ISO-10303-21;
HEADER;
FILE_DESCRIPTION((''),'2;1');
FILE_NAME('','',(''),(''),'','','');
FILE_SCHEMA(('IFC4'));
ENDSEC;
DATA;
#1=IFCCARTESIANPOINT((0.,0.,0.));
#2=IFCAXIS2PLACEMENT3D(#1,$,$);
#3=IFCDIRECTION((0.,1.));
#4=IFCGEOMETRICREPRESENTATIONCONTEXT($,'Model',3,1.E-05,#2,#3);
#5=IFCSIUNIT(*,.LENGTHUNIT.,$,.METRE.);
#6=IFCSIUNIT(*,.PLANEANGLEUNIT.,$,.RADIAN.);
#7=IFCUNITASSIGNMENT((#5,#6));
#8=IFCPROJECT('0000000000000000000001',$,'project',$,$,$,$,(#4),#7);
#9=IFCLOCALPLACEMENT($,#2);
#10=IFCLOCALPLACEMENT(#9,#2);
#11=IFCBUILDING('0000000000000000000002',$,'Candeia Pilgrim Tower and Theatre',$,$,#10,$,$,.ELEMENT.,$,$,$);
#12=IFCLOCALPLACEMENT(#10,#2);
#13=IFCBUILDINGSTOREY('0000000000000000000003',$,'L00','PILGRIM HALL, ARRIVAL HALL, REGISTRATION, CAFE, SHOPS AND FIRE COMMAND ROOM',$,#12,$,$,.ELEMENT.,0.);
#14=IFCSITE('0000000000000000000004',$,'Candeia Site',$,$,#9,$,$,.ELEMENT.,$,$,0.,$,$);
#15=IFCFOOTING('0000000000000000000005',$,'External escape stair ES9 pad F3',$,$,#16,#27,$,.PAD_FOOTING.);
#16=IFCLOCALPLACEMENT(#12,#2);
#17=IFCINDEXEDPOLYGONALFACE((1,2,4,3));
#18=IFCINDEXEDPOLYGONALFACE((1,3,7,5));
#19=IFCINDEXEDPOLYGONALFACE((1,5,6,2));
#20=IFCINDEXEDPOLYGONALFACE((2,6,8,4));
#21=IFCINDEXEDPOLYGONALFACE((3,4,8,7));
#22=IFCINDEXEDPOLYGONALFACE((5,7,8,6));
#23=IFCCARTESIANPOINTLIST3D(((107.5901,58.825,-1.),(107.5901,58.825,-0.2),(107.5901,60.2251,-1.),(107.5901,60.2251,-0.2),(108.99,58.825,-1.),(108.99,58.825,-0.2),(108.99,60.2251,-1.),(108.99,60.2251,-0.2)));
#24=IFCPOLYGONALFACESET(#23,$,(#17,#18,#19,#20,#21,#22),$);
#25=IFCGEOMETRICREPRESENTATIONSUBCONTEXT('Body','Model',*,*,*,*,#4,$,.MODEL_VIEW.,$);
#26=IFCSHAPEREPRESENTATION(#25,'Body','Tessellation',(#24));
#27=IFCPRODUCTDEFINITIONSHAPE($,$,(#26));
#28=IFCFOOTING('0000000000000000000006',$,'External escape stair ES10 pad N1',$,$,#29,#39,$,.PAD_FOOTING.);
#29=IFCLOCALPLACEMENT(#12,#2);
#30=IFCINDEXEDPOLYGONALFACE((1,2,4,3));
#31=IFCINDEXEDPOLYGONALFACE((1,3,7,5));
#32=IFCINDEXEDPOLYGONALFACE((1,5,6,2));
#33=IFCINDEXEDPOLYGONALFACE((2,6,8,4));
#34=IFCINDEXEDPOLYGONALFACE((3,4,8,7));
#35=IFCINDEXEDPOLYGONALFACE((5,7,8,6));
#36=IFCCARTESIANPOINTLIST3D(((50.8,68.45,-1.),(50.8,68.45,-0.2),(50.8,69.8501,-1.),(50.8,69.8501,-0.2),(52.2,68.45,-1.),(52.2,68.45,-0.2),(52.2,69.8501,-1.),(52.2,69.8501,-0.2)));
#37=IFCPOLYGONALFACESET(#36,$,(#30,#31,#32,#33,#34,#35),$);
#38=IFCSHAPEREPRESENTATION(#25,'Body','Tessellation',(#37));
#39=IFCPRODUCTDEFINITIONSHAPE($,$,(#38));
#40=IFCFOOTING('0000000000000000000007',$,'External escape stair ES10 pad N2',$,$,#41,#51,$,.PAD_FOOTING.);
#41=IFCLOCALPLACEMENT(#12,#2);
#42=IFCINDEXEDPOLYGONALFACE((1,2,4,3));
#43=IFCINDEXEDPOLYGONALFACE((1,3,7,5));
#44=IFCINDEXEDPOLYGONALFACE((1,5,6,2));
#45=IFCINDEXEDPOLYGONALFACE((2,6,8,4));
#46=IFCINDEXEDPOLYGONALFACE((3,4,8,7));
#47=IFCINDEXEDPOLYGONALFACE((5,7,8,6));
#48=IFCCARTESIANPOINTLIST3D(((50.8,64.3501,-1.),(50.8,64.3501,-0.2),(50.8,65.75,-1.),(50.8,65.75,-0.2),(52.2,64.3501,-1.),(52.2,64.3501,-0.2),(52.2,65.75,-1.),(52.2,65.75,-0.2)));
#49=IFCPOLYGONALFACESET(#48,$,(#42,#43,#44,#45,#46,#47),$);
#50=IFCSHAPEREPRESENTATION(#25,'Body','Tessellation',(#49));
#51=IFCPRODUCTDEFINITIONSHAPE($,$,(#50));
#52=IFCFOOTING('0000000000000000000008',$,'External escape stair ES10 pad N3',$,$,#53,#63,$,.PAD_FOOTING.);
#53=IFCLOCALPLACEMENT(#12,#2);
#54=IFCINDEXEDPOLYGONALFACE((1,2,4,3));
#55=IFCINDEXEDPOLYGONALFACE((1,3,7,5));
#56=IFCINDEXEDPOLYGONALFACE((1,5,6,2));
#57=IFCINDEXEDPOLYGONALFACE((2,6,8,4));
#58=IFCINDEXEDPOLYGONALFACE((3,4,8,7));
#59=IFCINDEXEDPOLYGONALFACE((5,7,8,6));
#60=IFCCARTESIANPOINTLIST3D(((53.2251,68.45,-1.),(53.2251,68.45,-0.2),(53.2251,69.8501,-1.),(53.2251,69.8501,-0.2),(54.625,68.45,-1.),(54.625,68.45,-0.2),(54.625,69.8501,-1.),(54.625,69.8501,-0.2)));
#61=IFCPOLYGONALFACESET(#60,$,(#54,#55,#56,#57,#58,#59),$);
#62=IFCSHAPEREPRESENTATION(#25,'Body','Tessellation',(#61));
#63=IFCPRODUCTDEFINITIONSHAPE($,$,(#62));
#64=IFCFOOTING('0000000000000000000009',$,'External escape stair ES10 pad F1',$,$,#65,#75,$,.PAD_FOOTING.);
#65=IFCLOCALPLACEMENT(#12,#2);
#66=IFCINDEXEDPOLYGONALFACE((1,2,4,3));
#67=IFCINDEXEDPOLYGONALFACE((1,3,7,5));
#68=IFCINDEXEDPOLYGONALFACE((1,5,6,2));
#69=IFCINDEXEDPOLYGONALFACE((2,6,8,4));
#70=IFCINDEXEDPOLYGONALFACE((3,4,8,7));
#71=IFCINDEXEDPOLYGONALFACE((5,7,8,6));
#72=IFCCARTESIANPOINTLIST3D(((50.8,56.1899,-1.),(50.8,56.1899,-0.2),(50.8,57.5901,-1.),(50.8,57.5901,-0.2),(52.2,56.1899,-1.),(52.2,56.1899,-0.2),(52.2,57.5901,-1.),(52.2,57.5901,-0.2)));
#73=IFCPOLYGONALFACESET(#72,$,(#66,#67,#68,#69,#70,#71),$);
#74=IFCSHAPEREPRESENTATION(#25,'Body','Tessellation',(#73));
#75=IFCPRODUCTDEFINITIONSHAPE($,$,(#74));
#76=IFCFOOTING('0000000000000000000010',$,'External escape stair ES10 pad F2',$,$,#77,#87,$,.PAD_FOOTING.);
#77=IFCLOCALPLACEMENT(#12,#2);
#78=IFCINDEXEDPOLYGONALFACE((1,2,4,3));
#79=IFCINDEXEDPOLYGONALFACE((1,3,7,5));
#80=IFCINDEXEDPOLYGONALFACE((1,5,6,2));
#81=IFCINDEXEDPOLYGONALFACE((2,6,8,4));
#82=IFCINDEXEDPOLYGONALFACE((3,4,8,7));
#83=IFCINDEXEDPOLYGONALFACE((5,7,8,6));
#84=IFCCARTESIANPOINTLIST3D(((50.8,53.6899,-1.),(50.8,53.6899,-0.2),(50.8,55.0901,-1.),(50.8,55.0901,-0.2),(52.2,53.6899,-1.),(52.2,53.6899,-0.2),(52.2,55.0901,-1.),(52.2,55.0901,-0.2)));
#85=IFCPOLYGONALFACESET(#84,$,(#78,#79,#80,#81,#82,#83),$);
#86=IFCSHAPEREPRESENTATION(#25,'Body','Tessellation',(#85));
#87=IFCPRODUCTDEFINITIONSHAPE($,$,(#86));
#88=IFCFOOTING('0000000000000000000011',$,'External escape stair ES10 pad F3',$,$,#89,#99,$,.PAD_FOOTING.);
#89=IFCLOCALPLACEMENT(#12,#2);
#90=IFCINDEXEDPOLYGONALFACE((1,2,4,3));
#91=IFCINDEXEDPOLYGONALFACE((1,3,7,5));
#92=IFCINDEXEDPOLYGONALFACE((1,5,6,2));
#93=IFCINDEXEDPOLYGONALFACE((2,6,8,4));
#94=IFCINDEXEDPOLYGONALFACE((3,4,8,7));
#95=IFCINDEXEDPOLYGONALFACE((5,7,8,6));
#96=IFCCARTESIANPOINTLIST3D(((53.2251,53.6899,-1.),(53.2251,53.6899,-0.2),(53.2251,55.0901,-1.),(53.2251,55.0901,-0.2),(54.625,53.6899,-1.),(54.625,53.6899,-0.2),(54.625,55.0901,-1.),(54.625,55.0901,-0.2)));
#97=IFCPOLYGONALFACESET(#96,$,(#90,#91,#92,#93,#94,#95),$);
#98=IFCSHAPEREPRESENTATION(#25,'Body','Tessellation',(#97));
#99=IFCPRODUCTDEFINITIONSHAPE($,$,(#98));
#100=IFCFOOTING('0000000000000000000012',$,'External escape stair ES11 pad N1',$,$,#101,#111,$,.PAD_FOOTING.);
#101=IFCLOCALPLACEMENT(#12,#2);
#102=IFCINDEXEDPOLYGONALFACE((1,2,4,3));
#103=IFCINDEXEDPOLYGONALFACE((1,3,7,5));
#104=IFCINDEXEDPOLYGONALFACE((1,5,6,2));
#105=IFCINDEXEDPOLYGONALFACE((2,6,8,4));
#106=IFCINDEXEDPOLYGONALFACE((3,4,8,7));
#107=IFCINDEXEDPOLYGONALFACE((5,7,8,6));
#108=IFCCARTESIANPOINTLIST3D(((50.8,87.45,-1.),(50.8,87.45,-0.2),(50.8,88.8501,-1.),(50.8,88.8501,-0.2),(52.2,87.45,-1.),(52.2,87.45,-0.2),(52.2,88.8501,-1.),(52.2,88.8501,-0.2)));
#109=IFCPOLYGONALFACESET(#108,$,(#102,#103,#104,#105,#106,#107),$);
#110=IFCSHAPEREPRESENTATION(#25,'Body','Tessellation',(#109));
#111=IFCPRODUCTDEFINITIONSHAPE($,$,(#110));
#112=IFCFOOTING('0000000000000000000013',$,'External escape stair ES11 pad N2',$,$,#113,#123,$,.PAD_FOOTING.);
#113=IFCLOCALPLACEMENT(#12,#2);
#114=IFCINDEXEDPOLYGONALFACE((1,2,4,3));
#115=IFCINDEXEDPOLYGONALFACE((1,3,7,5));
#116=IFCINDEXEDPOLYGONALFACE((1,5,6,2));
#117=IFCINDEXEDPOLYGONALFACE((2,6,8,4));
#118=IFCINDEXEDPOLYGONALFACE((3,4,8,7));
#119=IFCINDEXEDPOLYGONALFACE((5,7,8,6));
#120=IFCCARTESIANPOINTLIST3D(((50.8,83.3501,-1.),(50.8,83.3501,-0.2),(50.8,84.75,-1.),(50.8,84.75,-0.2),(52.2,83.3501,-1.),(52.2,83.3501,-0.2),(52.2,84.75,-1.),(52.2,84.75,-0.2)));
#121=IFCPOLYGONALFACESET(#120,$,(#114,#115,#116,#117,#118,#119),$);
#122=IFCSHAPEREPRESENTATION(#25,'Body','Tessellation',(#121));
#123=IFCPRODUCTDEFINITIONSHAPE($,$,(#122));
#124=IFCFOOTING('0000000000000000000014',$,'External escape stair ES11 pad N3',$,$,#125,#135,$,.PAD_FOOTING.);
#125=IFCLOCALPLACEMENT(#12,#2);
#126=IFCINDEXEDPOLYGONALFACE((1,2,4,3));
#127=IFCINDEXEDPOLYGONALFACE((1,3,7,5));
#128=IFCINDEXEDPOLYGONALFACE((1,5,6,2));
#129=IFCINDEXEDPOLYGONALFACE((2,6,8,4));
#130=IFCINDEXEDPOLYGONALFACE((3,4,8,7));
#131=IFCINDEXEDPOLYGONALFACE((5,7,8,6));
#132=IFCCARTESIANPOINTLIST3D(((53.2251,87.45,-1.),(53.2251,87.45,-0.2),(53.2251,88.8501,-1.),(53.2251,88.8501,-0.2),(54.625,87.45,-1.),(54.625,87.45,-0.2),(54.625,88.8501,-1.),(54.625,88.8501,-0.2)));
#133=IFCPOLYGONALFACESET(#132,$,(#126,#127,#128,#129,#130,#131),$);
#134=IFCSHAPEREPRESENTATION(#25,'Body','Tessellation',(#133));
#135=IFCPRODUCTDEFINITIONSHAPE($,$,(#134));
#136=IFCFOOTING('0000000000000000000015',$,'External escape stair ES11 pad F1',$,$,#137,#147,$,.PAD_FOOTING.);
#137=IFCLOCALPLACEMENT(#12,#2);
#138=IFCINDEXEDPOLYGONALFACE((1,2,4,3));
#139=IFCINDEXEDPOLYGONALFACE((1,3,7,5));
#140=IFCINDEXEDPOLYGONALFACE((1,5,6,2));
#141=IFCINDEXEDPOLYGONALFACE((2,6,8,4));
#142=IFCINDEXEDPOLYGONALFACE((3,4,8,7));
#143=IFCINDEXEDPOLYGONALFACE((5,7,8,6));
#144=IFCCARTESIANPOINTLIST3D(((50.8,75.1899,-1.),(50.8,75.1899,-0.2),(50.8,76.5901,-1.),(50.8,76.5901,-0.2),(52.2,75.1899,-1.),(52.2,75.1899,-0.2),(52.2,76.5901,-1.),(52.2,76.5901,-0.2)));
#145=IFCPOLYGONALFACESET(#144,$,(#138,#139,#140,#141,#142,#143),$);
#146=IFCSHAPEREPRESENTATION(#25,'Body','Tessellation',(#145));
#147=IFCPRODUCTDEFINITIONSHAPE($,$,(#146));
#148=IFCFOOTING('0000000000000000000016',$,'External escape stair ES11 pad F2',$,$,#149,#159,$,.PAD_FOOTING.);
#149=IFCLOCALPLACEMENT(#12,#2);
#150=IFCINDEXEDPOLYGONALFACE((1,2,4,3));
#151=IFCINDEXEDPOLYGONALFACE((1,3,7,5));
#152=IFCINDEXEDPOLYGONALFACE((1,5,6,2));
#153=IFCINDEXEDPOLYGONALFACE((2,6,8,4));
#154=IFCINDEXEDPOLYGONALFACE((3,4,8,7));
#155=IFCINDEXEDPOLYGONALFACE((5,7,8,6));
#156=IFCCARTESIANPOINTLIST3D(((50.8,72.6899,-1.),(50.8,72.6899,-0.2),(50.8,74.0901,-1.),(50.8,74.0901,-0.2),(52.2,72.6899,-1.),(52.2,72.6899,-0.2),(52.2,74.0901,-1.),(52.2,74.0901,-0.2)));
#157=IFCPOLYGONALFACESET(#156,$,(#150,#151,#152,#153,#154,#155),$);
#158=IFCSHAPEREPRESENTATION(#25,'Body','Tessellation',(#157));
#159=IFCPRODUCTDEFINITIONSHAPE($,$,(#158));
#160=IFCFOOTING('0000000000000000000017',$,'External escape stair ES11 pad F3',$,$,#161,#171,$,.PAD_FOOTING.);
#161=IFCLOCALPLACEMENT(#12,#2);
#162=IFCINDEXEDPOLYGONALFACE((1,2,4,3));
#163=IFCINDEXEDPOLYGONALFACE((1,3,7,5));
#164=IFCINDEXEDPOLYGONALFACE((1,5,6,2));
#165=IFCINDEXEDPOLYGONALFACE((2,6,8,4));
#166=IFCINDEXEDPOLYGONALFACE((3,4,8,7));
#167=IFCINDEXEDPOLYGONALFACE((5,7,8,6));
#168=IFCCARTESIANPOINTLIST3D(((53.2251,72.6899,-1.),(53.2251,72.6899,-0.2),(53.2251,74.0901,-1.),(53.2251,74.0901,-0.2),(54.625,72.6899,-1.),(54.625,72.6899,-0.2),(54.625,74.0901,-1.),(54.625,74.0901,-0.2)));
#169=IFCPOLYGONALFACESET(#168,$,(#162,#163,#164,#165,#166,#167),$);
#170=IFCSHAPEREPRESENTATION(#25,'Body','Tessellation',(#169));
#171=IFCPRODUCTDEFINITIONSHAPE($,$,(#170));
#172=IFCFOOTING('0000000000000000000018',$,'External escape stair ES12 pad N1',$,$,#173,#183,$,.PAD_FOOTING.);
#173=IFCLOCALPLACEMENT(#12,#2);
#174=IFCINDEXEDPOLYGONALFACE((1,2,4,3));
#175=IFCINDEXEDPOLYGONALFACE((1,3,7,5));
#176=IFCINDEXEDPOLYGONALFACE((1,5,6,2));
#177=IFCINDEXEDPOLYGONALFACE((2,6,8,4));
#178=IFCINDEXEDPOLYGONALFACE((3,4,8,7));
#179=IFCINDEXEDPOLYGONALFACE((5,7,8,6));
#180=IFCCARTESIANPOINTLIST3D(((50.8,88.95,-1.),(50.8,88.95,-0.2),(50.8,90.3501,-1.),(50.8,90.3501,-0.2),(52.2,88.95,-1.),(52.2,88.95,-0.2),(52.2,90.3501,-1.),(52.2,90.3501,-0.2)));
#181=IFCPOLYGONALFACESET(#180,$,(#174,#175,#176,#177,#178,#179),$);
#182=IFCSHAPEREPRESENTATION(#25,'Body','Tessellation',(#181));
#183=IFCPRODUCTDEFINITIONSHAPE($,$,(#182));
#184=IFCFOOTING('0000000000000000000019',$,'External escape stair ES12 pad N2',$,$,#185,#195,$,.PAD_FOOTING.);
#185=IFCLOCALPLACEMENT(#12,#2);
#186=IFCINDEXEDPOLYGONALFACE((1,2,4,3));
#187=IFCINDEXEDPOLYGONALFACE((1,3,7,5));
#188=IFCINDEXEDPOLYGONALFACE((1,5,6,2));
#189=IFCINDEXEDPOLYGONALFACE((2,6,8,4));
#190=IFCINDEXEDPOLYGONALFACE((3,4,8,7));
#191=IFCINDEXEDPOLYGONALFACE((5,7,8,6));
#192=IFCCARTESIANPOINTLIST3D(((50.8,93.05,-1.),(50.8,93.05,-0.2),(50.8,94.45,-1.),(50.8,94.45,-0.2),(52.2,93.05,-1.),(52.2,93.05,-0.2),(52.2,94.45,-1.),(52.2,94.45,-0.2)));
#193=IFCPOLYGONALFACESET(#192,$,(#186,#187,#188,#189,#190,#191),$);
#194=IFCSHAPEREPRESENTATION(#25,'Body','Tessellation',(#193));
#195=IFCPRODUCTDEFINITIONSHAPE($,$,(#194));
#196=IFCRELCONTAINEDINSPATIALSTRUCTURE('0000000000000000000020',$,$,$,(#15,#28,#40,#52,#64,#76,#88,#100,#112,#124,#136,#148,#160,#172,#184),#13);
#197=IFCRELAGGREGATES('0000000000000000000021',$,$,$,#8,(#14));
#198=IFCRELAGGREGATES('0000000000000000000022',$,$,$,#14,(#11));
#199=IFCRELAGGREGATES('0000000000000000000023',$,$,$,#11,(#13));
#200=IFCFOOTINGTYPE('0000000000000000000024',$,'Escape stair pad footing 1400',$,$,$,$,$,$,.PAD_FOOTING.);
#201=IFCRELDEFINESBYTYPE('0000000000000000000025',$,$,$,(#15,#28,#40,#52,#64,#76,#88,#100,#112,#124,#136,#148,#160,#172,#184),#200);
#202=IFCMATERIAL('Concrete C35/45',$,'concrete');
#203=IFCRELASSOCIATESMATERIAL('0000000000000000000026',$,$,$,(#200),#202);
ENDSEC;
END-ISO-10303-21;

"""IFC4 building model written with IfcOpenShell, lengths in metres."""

from ifc_helpers import new_model, si_unit, direction, frame, origin, place, context, subcontext, project, spatial, polyline, outline, extrude, material, type_object, element, save


model = new_model("IFC4")

# Units and contexts
model_context = context("Model", 3, precision=1e-05, world=origin(), true_north=direction((0.0, 1.0)))
body_context = subcontext(model_context, "Body", "Model", "MODEL_VIEW")
ifc_project = project(units=[si_unit("LENGTHUNIT", "METRE"), si_unit("PLANEANGLEUNIT", "RADIAN")], contexts=[model_context])

# Site, building, storey
site_placement = place(None, origin())
site = spatial("IfcSite", under=ifc_project, at=site_placement, Name="Candeia Site", CompositionType="ELEMENT", RefElevation=0.0)
building_placement = place(site_placement, origin())
building = spatial("IfcBuilding", under=site, at=building_placement, Name="Candeia Pilgrim Tower and Theatre", CompositionType="ELEMENT")
storey_placement = place(building_placement, origin())
storey = spatial("IfcBuildingStorey", under=building, at=storey_placement, Name="L00", Description="PILGRIM HALL, ARRIVAL HALL, REGISTRATION, CAFE, SHOPS AND FIRE COMMAND ROOM", CompositionType="ELEMENT", Elevation=0.0)

# Footings
ifc_material = material(Name="Concrete C35/45", Category="concrete")
footing_type = type_object("IfcFootingType", Name="Escape stair pad footing 1400", PredefinedType="PAD_FOOTING", material=ifc_material)
footing_1_placement = place(storey_placement, frame((0.0, 0.0, -1.0)))
element("IfcFooting", 1, at=footing_1_placement, inside=storey, type_object=footing_type, Name="External escape stair ES9 pad F3", PredefinedType="PAD_FOOTING", context=body_context, shape_type="SweptSolid", body=[
    extrude(outline(polyline([(107.5901, 58.825), (108.99, 58.825), (108.99, 60.2251), (107.5901, 60.2251), (107.5901, 58.825)])), origin(), (0.0, 0.0, 1.0), 0.8),
])
footing_2_placement = place(storey_placement, frame((0.0, 0.0, -1.0)))
element("IfcFooting", 2, at=footing_2_placement, inside=storey, type_object=footing_type, Name="External escape stair ES10 pad N1", PredefinedType="PAD_FOOTING", context=body_context, shape_type="SweptSolid", body=[
    extrude(outline(polyline([(50.8, 68.45), (52.2, 68.45), (52.2, 69.8501), (50.8, 69.8501), (50.8, 68.45)])), origin(), (0.0, 0.0, 1.0), 0.8),
])
footing_3_placement = place(storey_placement, frame((0.0, 0.0, -1.0)))
element("IfcFooting", 3, at=footing_3_placement, inside=storey, type_object=footing_type, Name="External escape stair ES10 pad N2", PredefinedType="PAD_FOOTING", context=body_context, shape_type="SweptSolid", body=[
    extrude(outline(polyline([(50.8, 64.3501), (52.2, 64.3501), (52.2, 65.75), (50.8, 65.75), (50.8, 64.3501)])), origin(), (0.0, 0.0, 1.0), 0.8),
])
footing_4_placement = place(storey_placement, frame((0.0, 0.0, -1.0)))
element("IfcFooting", 4, at=footing_4_placement, inside=storey, type_object=footing_type, Name="External escape stair ES10 pad N3", PredefinedType="PAD_FOOTING", context=body_context, shape_type="SweptSolid", body=[
    extrude(outline(polyline([(53.2251, 68.45), (54.625, 68.45), (54.625, 69.8501), (53.2251, 69.8501), (53.2251, 68.45)])), origin(), (0.0, 0.0, 1.0), 0.8),
])
footing_5_placement = place(storey_placement, frame((0.0, 0.0, -1.0)))
element("IfcFooting", 5, at=footing_5_placement, inside=storey, type_object=footing_type, Name="External escape stair ES10 pad F1", PredefinedType="PAD_FOOTING", context=body_context, shape_type="SweptSolid", body=[
    extrude(outline(polyline([(50.8, 56.1899), (52.2, 56.1899), (52.2, 57.5901), (50.8, 57.5901), (50.8, 56.1899)])), origin(), (0.0, 0.0, 1.0), 0.8),
])
footing_6_placement = place(storey_placement, frame((0.0, 0.0, -1.0)))
element("IfcFooting", 6, at=footing_6_placement, inside=storey, type_object=footing_type, Name="External escape stair ES10 pad F2", PredefinedType="PAD_FOOTING", context=body_context, shape_type="SweptSolid", body=[
    extrude(outline(polyline([(50.8, 53.6899), (52.2, 53.6899), (52.2, 55.0901), (50.8, 55.0901), (50.8, 53.6899)])), origin(), (0.0, 0.0, 1.0), 0.8),
])
footing_7_placement = place(storey_placement, frame((0.0, 0.0, -1.0)))
element("IfcFooting", 7, at=footing_7_placement, inside=storey, type_object=footing_type, Name="External escape stair ES10 pad F3", PredefinedType="PAD_FOOTING", context=body_context, shape_type="SweptSolid", body=[
    extrude(outline(polyline([(53.2251, 53.6899), (54.625, 53.6899), (54.625, 55.0901), (53.2251, 55.0901), (53.2251, 53.6899)])), origin(), (0.0, 0.0, 1.0), 0.8),
])
footing_8_placement = place(storey_placement, frame((0.0, 0.0, -1.0)))
element("IfcFooting", 8, at=footing_8_placement, inside=storey, type_object=footing_type, Name="External escape stair ES11 pad N1", PredefinedType="PAD_FOOTING", context=body_context, shape_type="SweptSolid", body=[
    extrude(outline(polyline([(50.8, 87.45), (52.2, 87.45), (52.2, 88.8501), (50.8, 88.8501), (50.8, 87.45)])), origin(), (0.0, 0.0, 1.0), 0.8),
])
footing_9_placement = place(storey_placement, frame((0.0, 0.0, -1.0)))
element("IfcFooting", 9, at=footing_9_placement, inside=storey, type_object=footing_type, Name="External escape stair ES11 pad N2", PredefinedType="PAD_FOOTING", context=body_context, shape_type="SweptSolid", body=[
    extrude(outline(polyline([(50.8, 83.3501), (52.2, 83.3501), (52.2, 84.75), (50.8, 84.75), (50.8, 83.3501)])), origin(), (0.0, 0.0, 1.0), 0.8),
])
footing_10_placement = place(storey_placement, frame((0.0, 0.0, -1.0)))
element("IfcFooting", 10, at=footing_10_placement, inside=storey, type_object=footing_type, Name="External escape stair ES11 pad N3", PredefinedType="PAD_FOOTING", context=body_context, shape_type="SweptSolid", body=[
    extrude(outline(polyline([(53.2251, 87.45), (54.625, 87.45), (54.625, 88.8501), (53.2251, 88.8501), (53.2251, 87.45)])), origin(), (0.0, 0.0, 1.0), 0.8),
])
footing_11_placement = place(storey_placement, frame((0.0, 0.0, -1.0)))
element("IfcFooting", 11, at=footing_11_placement, inside=storey, type_object=footing_type, Name="External escape stair ES11 pad F1", PredefinedType="PAD_FOOTING", context=body_context, shape_type="SweptSolid", body=[
    extrude(outline(polyline([(50.8, 75.1899), (52.2, 75.1899), (52.2, 76.5901), (50.8, 76.5901), (50.8, 75.1899)])), origin(), (0.0, 0.0, 1.0), 0.8),
])
footing_12_placement = place(storey_placement, frame((0.0, 0.0, -1.0)))
element("IfcFooting", 12, at=footing_12_placement, inside=storey, type_object=footing_type, Name="External escape stair ES11 pad F2", PredefinedType="PAD_FOOTING", context=body_context, shape_type="SweptSolid", body=[
    extrude(outline(polyline([(50.8, 72.6899), (52.2, 72.6899), (52.2, 74.0901), (50.8, 74.0901), (50.8, 72.6899)])), origin(), (0.0, 0.0, 1.0), 0.8),
])
footing_13_placement = place(storey_placement, frame((0.0, 0.0, -1.0)))
element("IfcFooting", 13, at=footing_13_placement, inside=storey, type_object=footing_type, Name="External escape stair ES11 pad F3", PredefinedType="PAD_FOOTING", context=body_context, shape_type="SweptSolid", body=[
    extrude(outline(polyline([(53.2251, 72.6899), (54.625, 72.6899), (54.625, 74.0901), (53.2251, 74.0901), (53.2251, 72.6899)])), origin(), (0.0, 0.0, 1.0), 0.8),
])
footing_14_placement = place(storey_placement, frame((0.0, 0.0, -1.0)))
element("IfcFooting", 14, at=footing_14_placement, inside=storey, type_object=footing_type, Name="External escape stair ES12 pad N1", PredefinedType="PAD_FOOTING", context=body_context, shape_type="SweptSolid", body=[
    extrude(outline(polyline([(50.8, 88.95), (52.2, 88.95), (52.2, 90.3501), (50.8, 90.3501), (50.8, 88.95)])), origin(), (0.0, 0.0, 1.0), 0.8),
])
footing_15_placement = place(storey_placement, frame((0.0, 0.0, -1.0)))
element("IfcFooting", 15, at=footing_15_placement, inside=storey, type_object=footing_type, Name="External escape stair ES12 pad N2", PredefinedType="PAD_FOOTING", context=body_context, shape_type="SweptSolid", body=[
    extrude(outline(polyline([(50.8, 93.05), (52.2, 93.05), (52.2, 94.45), (50.8, 94.45), (50.8, 93.05)])), origin(), (0.0, 0.0, 1.0), 0.8),
])

save(model, "model.ifc")
